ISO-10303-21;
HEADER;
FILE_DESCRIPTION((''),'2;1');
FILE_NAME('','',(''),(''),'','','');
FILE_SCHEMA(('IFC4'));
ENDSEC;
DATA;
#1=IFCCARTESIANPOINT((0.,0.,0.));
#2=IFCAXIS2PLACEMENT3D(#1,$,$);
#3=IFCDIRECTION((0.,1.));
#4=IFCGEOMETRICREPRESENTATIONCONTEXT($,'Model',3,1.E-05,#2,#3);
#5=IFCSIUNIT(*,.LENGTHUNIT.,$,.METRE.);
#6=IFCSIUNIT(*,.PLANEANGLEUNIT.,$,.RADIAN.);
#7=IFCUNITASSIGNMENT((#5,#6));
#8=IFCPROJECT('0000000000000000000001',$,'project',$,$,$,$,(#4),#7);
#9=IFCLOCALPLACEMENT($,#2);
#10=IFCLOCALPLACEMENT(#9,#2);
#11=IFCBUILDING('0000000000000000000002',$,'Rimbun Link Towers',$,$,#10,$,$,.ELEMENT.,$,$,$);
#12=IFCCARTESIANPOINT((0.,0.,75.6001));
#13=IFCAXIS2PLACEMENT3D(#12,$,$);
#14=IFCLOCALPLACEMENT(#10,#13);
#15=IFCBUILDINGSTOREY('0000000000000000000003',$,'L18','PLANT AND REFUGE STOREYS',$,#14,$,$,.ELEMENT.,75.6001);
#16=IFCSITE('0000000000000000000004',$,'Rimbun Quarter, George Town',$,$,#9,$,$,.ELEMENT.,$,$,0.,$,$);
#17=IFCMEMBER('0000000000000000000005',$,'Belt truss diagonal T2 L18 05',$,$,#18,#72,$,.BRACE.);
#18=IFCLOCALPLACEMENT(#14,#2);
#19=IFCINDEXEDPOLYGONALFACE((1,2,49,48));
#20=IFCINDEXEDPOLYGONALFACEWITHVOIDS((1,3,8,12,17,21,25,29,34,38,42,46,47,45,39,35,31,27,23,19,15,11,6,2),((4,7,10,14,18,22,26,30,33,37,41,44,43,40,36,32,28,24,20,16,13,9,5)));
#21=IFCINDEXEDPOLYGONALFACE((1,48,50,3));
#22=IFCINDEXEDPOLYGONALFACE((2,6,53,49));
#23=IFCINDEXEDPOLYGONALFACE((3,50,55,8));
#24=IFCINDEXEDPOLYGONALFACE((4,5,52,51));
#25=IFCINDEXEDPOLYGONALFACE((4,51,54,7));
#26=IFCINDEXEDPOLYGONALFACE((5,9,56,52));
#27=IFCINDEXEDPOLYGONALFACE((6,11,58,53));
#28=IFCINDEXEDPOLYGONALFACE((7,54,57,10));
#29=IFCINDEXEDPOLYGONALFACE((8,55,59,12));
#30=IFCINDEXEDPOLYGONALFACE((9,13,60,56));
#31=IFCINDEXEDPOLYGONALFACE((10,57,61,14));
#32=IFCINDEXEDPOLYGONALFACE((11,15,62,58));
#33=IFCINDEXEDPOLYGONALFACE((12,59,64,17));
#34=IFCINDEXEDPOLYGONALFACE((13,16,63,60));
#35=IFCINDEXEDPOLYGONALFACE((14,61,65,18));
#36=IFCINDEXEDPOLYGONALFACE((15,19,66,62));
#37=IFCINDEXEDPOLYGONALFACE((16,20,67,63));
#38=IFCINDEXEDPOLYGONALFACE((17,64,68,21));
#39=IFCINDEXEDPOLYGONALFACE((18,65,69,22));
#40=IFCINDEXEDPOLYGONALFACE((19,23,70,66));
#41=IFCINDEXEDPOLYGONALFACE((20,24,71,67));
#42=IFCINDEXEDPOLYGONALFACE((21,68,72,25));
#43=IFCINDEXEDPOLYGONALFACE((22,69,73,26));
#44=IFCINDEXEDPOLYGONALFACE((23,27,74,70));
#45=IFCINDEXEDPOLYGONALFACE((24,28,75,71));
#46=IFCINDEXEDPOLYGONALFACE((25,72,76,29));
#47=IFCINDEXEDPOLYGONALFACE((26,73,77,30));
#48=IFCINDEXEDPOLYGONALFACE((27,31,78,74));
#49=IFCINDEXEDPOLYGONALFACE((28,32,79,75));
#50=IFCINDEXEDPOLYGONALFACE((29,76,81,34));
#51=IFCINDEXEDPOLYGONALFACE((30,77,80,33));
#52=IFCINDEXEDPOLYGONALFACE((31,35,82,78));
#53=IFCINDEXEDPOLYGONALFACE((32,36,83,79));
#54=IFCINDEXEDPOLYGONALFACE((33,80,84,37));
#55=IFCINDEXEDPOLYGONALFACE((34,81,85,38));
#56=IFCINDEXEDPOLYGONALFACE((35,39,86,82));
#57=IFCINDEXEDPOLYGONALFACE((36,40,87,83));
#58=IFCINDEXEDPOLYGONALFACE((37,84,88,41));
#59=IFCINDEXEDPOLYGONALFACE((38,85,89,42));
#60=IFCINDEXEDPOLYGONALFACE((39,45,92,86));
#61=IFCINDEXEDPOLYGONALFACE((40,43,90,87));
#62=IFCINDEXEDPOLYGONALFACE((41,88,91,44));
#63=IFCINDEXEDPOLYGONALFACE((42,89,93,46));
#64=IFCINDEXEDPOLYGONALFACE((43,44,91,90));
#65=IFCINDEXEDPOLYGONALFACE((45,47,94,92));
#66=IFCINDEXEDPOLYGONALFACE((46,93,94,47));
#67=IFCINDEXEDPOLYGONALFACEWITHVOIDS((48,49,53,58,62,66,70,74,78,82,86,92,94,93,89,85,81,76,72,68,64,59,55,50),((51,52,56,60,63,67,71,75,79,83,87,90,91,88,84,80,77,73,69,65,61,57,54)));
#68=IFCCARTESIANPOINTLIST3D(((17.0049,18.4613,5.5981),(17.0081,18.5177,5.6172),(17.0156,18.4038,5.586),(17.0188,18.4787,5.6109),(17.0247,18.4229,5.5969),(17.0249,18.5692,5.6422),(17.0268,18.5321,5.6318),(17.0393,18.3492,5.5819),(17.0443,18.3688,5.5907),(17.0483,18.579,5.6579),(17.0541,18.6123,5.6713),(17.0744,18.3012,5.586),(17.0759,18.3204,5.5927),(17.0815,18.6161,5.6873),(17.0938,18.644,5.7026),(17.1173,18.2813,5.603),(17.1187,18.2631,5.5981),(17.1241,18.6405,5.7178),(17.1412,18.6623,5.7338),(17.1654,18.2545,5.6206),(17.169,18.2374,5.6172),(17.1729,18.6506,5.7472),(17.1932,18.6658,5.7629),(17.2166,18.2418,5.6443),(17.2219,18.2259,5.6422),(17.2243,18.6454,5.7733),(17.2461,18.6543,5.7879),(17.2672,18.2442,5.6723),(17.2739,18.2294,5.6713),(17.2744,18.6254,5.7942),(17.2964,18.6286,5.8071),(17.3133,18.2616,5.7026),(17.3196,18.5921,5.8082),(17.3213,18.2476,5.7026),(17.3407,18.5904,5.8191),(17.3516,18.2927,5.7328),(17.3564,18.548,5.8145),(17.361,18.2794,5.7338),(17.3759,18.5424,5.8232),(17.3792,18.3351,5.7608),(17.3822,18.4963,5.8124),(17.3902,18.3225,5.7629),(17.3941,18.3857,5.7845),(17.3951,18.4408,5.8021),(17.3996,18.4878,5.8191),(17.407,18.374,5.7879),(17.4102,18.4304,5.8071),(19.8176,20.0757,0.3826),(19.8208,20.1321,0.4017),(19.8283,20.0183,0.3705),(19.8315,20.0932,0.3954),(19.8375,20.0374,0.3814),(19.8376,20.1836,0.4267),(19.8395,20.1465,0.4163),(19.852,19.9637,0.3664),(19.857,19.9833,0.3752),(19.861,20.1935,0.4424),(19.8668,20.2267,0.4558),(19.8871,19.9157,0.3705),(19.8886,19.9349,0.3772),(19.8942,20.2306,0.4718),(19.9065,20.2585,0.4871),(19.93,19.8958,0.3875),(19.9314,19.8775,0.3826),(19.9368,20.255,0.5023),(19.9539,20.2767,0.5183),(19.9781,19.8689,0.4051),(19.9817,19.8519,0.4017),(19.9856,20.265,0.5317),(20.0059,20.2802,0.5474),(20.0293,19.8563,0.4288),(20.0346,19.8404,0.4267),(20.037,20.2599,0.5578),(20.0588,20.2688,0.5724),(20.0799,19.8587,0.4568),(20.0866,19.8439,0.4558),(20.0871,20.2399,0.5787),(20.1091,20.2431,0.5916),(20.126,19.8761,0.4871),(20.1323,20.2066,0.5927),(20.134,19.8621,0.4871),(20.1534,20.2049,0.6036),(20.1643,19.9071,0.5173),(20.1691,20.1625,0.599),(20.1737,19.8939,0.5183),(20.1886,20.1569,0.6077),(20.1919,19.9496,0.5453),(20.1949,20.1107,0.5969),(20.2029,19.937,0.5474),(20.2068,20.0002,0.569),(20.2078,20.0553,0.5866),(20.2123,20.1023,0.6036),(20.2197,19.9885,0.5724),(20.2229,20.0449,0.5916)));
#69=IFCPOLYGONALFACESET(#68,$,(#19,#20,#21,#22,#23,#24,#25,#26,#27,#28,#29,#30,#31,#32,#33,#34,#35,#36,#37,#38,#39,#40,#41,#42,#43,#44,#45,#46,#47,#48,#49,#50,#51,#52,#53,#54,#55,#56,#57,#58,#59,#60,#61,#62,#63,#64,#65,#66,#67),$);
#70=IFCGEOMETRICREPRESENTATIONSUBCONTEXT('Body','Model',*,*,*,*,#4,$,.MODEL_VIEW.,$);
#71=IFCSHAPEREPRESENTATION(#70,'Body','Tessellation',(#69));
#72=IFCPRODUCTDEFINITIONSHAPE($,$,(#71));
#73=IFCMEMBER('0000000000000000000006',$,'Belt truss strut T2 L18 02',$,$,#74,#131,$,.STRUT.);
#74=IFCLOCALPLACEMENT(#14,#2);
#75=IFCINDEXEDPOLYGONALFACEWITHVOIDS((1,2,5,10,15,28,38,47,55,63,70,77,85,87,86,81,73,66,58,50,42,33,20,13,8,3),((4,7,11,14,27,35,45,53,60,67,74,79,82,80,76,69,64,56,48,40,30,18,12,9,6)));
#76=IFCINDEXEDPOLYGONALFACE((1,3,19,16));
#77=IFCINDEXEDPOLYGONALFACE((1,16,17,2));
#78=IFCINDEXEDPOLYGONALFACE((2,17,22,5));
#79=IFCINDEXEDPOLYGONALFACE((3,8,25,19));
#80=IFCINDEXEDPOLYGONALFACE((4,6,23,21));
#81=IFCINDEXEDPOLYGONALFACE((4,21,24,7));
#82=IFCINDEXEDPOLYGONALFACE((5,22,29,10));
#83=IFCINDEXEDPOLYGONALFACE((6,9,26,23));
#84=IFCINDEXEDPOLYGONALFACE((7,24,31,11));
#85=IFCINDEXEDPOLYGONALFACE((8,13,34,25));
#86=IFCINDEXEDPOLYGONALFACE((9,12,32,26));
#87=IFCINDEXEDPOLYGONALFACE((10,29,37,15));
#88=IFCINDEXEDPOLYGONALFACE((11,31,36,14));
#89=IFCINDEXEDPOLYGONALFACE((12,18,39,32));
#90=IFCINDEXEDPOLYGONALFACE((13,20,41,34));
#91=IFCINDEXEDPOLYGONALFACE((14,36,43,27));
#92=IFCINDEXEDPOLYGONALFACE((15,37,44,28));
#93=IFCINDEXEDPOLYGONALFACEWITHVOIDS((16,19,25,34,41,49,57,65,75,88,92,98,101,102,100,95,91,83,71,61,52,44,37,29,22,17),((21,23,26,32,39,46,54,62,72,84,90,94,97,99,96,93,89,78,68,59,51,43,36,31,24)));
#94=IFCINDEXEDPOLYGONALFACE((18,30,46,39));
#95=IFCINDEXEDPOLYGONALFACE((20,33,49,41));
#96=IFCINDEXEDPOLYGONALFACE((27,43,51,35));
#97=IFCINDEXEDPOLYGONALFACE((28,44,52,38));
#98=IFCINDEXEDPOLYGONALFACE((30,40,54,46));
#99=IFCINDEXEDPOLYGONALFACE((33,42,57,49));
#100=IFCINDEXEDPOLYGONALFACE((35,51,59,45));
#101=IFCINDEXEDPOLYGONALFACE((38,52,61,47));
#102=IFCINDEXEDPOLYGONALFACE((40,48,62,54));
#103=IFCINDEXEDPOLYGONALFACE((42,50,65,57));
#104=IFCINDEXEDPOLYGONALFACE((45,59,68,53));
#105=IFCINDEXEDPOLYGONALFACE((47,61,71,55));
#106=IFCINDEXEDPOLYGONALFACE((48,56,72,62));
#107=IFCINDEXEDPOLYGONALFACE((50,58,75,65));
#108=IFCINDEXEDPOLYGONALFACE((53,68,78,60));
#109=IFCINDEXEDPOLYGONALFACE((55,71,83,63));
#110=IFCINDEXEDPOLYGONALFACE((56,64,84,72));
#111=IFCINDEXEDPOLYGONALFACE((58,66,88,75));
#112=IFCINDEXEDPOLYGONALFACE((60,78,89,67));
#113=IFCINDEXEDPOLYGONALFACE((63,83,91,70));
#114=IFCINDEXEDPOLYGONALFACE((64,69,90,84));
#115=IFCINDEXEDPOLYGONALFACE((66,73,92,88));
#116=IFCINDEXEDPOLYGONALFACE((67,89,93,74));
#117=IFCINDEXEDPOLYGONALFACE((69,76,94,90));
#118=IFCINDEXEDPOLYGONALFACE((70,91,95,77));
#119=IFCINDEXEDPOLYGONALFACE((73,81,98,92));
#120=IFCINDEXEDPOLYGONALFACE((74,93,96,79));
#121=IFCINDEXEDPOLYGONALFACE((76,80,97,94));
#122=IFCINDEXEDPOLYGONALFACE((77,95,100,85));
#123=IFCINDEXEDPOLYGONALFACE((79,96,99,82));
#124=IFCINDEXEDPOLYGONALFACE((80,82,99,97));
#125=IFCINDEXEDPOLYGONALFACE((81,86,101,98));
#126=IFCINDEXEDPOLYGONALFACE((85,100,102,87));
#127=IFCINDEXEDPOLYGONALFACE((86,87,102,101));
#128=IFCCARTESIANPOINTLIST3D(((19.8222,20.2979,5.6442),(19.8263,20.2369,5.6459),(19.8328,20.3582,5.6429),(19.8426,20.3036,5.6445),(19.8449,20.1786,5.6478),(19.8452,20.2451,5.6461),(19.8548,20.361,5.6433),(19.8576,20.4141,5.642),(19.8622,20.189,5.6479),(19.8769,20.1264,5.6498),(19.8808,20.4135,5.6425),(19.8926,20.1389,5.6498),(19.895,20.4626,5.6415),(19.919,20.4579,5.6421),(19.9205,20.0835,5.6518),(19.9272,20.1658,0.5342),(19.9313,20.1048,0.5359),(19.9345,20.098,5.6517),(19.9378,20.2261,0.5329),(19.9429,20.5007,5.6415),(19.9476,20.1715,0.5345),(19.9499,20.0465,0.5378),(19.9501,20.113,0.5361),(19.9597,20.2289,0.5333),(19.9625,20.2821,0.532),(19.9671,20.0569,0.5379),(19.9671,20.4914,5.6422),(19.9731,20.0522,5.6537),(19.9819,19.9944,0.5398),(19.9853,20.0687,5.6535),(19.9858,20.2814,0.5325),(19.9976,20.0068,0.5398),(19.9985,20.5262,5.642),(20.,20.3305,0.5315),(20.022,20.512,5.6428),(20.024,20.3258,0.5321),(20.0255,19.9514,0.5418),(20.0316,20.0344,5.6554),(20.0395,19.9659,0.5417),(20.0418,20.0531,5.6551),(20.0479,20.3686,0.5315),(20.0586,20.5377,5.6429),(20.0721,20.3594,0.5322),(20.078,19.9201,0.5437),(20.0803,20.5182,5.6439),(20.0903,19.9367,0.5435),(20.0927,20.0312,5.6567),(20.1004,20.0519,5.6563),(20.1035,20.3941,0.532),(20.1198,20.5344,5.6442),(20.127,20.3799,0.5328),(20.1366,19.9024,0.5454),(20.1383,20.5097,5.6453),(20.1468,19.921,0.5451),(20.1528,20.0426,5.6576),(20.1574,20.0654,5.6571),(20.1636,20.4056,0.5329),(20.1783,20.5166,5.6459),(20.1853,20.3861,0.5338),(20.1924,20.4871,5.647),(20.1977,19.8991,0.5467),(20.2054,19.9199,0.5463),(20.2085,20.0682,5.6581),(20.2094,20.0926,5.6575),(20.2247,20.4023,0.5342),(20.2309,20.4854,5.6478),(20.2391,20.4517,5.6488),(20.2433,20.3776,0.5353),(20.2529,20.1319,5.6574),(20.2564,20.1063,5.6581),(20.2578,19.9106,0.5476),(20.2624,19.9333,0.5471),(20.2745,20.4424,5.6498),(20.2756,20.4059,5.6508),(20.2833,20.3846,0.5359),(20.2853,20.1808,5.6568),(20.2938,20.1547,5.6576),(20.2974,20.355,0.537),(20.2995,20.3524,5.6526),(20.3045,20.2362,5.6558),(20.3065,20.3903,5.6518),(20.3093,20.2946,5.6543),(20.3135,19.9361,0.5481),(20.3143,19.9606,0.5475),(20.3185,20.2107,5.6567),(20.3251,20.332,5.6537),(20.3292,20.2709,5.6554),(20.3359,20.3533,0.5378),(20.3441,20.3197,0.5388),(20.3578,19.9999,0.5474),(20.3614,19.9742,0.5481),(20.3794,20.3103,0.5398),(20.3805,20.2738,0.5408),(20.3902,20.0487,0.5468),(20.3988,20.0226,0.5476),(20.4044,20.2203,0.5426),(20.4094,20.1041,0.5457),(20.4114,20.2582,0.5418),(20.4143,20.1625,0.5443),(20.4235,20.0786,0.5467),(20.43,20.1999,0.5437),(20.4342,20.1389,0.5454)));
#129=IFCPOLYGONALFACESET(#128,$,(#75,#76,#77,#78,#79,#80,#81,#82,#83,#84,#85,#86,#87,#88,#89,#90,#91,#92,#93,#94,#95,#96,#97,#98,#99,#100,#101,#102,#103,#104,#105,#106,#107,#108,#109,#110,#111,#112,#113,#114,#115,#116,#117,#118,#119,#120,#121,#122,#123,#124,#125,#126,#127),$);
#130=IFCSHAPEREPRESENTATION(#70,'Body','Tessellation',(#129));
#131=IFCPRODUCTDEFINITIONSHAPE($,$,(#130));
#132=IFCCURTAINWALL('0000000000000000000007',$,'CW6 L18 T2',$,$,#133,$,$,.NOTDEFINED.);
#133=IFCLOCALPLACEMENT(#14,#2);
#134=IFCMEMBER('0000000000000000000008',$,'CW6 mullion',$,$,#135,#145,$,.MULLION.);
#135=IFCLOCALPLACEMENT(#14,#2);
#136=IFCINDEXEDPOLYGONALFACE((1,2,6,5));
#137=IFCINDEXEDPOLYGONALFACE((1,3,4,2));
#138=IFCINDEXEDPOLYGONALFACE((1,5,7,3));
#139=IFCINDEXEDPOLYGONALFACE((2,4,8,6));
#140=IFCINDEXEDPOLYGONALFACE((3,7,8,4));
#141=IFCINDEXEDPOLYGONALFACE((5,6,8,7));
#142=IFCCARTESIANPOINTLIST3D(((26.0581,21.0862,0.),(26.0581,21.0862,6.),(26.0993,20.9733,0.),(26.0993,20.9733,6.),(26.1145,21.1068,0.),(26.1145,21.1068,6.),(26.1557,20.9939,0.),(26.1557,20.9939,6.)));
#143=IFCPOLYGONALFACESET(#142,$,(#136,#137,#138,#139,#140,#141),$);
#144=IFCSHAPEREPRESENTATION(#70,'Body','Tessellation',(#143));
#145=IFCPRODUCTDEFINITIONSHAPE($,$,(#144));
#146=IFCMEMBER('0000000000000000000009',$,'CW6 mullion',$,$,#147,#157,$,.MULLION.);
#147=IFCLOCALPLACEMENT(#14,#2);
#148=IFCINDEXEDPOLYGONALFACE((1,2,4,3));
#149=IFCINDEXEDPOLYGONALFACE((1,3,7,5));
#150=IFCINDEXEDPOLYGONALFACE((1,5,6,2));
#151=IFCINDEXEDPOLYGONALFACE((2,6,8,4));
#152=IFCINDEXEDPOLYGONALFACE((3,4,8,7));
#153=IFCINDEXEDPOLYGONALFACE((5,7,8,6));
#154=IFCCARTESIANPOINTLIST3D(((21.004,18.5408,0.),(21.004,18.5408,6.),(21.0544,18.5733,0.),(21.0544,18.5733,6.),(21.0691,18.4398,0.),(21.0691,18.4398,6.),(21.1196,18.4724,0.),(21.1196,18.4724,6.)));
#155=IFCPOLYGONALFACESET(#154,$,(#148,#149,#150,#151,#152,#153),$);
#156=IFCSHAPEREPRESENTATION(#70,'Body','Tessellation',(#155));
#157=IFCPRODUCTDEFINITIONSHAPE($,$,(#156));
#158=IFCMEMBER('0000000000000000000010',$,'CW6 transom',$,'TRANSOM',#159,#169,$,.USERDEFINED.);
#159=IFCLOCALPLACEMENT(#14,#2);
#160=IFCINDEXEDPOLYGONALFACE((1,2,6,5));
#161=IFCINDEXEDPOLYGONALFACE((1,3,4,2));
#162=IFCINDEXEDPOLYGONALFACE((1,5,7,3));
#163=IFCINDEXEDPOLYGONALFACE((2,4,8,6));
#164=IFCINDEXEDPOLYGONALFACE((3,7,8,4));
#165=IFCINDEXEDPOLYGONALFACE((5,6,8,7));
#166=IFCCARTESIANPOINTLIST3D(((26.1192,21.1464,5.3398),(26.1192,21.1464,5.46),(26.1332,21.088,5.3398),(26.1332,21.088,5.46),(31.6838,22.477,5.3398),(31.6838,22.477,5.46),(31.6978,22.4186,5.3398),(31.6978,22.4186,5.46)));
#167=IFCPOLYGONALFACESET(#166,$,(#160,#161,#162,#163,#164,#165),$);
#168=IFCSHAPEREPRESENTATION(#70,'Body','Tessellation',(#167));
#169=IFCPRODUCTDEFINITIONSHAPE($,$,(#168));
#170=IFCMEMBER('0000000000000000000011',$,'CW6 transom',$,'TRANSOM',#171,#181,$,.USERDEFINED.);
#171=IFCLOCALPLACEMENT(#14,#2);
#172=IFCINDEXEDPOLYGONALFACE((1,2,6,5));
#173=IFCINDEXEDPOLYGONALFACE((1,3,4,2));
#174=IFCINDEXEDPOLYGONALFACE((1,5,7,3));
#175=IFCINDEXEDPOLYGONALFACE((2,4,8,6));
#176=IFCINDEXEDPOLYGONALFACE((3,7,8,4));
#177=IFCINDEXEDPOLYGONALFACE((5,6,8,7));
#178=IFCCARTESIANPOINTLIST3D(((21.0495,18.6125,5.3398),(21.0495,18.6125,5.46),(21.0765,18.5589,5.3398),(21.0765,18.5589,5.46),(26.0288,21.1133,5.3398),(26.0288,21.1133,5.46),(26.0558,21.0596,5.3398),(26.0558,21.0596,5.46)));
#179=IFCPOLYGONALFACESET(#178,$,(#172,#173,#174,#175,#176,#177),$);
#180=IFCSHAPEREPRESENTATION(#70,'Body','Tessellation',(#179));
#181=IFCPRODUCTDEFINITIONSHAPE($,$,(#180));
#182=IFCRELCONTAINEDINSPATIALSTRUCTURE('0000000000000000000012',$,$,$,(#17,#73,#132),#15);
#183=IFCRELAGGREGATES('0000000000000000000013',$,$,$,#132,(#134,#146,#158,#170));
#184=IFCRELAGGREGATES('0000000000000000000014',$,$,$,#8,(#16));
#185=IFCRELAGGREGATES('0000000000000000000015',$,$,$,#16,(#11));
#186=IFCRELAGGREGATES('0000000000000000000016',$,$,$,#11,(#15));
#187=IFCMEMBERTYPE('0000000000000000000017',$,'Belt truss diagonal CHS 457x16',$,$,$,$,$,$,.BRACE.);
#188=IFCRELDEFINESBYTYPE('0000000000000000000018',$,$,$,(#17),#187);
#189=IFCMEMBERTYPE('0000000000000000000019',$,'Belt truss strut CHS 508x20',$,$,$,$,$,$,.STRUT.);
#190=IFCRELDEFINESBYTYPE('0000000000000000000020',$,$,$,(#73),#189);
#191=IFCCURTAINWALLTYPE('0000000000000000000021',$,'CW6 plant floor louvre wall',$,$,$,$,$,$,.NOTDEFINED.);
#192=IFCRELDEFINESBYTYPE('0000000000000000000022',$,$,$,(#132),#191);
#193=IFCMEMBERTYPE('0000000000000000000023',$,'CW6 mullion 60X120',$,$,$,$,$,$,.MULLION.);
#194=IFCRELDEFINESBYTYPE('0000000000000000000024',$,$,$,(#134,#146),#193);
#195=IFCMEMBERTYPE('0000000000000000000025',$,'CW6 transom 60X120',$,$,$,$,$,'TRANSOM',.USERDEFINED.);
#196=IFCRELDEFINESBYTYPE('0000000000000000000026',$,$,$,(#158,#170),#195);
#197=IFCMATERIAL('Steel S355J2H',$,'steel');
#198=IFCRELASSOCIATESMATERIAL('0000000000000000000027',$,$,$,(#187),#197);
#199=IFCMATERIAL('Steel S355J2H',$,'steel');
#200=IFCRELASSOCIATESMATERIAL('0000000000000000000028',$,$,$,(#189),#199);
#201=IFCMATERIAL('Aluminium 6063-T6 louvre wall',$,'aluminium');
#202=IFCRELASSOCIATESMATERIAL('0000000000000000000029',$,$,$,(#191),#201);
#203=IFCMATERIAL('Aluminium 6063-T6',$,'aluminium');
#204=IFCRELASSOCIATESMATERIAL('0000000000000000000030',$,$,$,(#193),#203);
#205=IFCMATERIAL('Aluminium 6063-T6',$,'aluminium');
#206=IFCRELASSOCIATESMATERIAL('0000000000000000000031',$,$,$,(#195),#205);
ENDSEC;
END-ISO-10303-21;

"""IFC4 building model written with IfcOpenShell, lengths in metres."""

from ifc_helpers import new_model, si_unit, direction, frame, origin, origin_2d, place, context, subcontext, project, spatial, rectangle, hollow_circle, extrude, material, material_profile, profile_set, type_object, element, aggregate, save


model = new_model("IFC4")

# Units and contexts
model_context = context("Model", 3, precision=1e-05, world=origin(), true_north=direction((0.0, 1.0)))
body_context = subcontext(model_context, "Body", "Model", "MODEL_VIEW")
ifc_project = project(units=[si_unit("LENGTHUNIT", "METRE"), si_unit("PLANEANGLEUNIT", "RADIAN")], contexts=[model_context])

# Site, building, storey
site_placement = place(None, origin())
site = spatial("IfcSite", under=ifc_project, at=site_placement, Name="Rimbun Quarter, George Town", CompositionType="ELEMENT", RefElevation=0.0)
building_placement = place(site_placement, origin())
building = spatial("IfcBuilding", under=site, at=building_placement, Name="Rimbun Link Towers", CompositionType="ELEMENT")
storey_placement = place(building_placement, frame((0.0, 0.0, 75.6001)))
storey = spatial("IfcBuildingStorey", under=building, at=storey_placement, Name="L18", Description="PLANT AND REFUGE STOREYS", CompositionType="ELEMENT", Elevation=75.6001)

# Members
ifc_material_1 = material(Name="Steel S355J2H", Category="steel")
ifc_material_profile_1 = material_profile(ifc_material_1, hollow_circle(Radius=0.2285, WallThickness=0.0161, at=origin_2d()), Name="Belt truss diagonal CHS 457x16")
ifc_profile_set_1 = profile_set([ifc_material_profile_1], Name="Steel S355J2H")
member_type_1 = type_object("IfcMemberType", Name="Belt truss diagonal CHS 457x16", PredefinedType="BRACE", material=ifc_profile_set_1)
member_1_placement = place(storey_placement, frame((20.0203, 20.0603, 0.4871), z_axis=(-0.457975, -0.262876, 0.849208), x_axis=(0.497816, -0.867283, 0.0)))
element("IfcMember", 1, at=member_1_placement, inside=storey, type_object=member_type_1, Name="Belt truss diagonal T2 L18 05", PredefinedType="BRACE", context=body_context, shape_type="SweptSolid", body=[
    extrude(hollow_circle(Radius=0.2285, WallThickness=0.0161, at=origin_2d()), origin(), (0.0, 0.0, 1.0), 6.1416),
])
ifc_material_2 = material(Name="Steel S355J2H", Category="steel")
ifc_material_profile_2 = material_profile(ifc_material_2, hollow_circle(Radius=0.2539, WallThickness=0.02, at=origin_2d()), Name="Belt truss strut CHS 508x20")
ifc_profile_set_2 = profile_set([ifc_material_profile_2], Name="Steel S355J2H")
member_type_2 = type_object("IfcMemberType", Name="Belt truss strut CHS 508x20", PredefinedType="STRUT", material=ifc_profile_set_2)
member_2_placement = place(storey_placement, frame((20.1807, 20.1523, 0.5398), z_axis=(-0.020533, 0.025833, 0.999455), x_axis=(-0.782841, -0.622221, 0.0)))
element("IfcMember", 2, at=member_2_placement, inside=storey, type_object=member_type_2, Name="Belt truss strut T2 L18 02", PredefinedType="STRUT", context=body_context, shape_type="SweptSolid", body=[
    extrude(hollow_circle(Radius=0.2539, WallThickness=0.02, at=origin_2d()), origin(), (0.0, 0.0, 1.0), 5.1128),
])

# Curtain wall, members
ifc_material_3 = material(Name="Aluminium 6063-T6 louvre wall", Category="aluminium")
curtain_wall_type = type_object("IfcCurtainWallType", Name="CW6 plant floor louvre wall", PredefinedType="NOTDEFINED", material=ifc_material_3)
curtain_wall_placement = place(storey_placement, origin())
curtain_wall = element("IfcCurtainWall", 3, at=curtain_wall_placement, inside=storey, type_object=curtain_wall_type, Name="CW6 L18 T2", PredefinedType="NOTDEFINED")
ifc_material_4 = material(Name="Aluminium 6063-T6", Category="aluminium")
ifc_material_profile_3 = material_profile(ifc_material_4, rectangle(XDim=0.1201, YDim=0.0601, at=origin_2d()), Name="MULLION 60X120")
ifc_profile_set_3 = profile_set([ifc_material_profile_3], Name="Aluminium 6063-T6")
member_type_3 = type_object("IfcMemberType", Name="CW6 mullion 60X120", PredefinedType="MULLION", material=ifc_profile_set_3)
member_3_placement = place(storey_placement, frame((26.1069, 21.04, 0.0), z_axis=(0.0, 0.0, 1.0), x_axis=(-0.342965, 0.939348, 0.0)))
member_3 = element("IfcMember", 4, at=member_3_placement, type_object=member_type_3, Name="CW6 mullion", PredefinedType="MULLION", context=body_context, shape_type="SweptSolid", body=[
    extrude(rectangle(XDim=0.1201, YDim=0.0601, at=origin_2d()), origin(), (0.0, 0.0, 1.0), 6.0),
])
member_4_placement = place(storey_placement, frame((21.0618, 18.5066, 0.0), z_axis=(0.0, 0.0, 1.0), x_axis=(-0.542106, 0.84031, 0.0)))
member_4 = element("IfcMember", 5, at=member_4_placement, type_object=member_type_3, Name="CW6 mullion", PredefinedType="MULLION", context=body_context, shape_type="SweptSolid", body=[
    extrude(rectangle(XDim=0.1201, YDim=0.0601, at=origin_2d()), origin(), (0.0, 0.0, 1.0), 6.0),
])
ifc_material_5 = material(Name="Aluminium 6063-T6", Category="aluminium")
ifc_material_profile_4 = material_profile(ifc_material_5, rectangle(XDim=0.0601, YDim=0.1201, at=origin_2d()), Name="TRANSOM 60X120")
ifc_profile_set_4 = profile_set([ifc_material_profile_4], Name="Aluminium 6063-T6")
member_type_4 = type_object("IfcMemberType", Name="CW6 transom 60X120", ElementType="TRANSOM", PredefinedType="USERDEFINED", material=ifc_profile_set_4)
member_5_placement = place(storey_placement, frame((26.1262, 21.1172, 5.3999), z_axis=(0.972581, 0.232563, 0.0), x_axis=(-0.232563, 0.972581, 0.0)))
member_5 = element("IfcMember", 6, at=member_5_placement, type_object=member_type_4, Name="CW6 transom", ObjectType="TRANSOM", PredefinedType="USERDEFINED", context=body_context, shape_type="SweptSolid", body=[
    extrude(rectangle(XDim=0.0601, YDim=0.1201, at=origin_2d()), origin(), (0.0, 0.0, 1.0), 5.7214),
])
member_6_placement = place(storey_placement, frame((21.063, 18.5857, 5.3999), z_axis=(0.893628, 0.448808, 0.0), x_axis=(-0.448808, 0.893628, 0.0)))
member_6 = element("IfcMember", 7, at=member_6_placement, type_object=member_type_4, Name="CW6 transom", ObjectType="TRANSOM", PredefinedType="USERDEFINED", context=body_context, shape_type="SweptSolid", body=[
    extrude(rectangle(XDim=0.0601, YDim=0.1201, at=origin_2d()), origin(), (0.0, 0.0, 1.0), 5.572),
])

aggregate(curtain_wall, [member_3, member_4, member_5, member_6])

save(model, "model.ifc")
